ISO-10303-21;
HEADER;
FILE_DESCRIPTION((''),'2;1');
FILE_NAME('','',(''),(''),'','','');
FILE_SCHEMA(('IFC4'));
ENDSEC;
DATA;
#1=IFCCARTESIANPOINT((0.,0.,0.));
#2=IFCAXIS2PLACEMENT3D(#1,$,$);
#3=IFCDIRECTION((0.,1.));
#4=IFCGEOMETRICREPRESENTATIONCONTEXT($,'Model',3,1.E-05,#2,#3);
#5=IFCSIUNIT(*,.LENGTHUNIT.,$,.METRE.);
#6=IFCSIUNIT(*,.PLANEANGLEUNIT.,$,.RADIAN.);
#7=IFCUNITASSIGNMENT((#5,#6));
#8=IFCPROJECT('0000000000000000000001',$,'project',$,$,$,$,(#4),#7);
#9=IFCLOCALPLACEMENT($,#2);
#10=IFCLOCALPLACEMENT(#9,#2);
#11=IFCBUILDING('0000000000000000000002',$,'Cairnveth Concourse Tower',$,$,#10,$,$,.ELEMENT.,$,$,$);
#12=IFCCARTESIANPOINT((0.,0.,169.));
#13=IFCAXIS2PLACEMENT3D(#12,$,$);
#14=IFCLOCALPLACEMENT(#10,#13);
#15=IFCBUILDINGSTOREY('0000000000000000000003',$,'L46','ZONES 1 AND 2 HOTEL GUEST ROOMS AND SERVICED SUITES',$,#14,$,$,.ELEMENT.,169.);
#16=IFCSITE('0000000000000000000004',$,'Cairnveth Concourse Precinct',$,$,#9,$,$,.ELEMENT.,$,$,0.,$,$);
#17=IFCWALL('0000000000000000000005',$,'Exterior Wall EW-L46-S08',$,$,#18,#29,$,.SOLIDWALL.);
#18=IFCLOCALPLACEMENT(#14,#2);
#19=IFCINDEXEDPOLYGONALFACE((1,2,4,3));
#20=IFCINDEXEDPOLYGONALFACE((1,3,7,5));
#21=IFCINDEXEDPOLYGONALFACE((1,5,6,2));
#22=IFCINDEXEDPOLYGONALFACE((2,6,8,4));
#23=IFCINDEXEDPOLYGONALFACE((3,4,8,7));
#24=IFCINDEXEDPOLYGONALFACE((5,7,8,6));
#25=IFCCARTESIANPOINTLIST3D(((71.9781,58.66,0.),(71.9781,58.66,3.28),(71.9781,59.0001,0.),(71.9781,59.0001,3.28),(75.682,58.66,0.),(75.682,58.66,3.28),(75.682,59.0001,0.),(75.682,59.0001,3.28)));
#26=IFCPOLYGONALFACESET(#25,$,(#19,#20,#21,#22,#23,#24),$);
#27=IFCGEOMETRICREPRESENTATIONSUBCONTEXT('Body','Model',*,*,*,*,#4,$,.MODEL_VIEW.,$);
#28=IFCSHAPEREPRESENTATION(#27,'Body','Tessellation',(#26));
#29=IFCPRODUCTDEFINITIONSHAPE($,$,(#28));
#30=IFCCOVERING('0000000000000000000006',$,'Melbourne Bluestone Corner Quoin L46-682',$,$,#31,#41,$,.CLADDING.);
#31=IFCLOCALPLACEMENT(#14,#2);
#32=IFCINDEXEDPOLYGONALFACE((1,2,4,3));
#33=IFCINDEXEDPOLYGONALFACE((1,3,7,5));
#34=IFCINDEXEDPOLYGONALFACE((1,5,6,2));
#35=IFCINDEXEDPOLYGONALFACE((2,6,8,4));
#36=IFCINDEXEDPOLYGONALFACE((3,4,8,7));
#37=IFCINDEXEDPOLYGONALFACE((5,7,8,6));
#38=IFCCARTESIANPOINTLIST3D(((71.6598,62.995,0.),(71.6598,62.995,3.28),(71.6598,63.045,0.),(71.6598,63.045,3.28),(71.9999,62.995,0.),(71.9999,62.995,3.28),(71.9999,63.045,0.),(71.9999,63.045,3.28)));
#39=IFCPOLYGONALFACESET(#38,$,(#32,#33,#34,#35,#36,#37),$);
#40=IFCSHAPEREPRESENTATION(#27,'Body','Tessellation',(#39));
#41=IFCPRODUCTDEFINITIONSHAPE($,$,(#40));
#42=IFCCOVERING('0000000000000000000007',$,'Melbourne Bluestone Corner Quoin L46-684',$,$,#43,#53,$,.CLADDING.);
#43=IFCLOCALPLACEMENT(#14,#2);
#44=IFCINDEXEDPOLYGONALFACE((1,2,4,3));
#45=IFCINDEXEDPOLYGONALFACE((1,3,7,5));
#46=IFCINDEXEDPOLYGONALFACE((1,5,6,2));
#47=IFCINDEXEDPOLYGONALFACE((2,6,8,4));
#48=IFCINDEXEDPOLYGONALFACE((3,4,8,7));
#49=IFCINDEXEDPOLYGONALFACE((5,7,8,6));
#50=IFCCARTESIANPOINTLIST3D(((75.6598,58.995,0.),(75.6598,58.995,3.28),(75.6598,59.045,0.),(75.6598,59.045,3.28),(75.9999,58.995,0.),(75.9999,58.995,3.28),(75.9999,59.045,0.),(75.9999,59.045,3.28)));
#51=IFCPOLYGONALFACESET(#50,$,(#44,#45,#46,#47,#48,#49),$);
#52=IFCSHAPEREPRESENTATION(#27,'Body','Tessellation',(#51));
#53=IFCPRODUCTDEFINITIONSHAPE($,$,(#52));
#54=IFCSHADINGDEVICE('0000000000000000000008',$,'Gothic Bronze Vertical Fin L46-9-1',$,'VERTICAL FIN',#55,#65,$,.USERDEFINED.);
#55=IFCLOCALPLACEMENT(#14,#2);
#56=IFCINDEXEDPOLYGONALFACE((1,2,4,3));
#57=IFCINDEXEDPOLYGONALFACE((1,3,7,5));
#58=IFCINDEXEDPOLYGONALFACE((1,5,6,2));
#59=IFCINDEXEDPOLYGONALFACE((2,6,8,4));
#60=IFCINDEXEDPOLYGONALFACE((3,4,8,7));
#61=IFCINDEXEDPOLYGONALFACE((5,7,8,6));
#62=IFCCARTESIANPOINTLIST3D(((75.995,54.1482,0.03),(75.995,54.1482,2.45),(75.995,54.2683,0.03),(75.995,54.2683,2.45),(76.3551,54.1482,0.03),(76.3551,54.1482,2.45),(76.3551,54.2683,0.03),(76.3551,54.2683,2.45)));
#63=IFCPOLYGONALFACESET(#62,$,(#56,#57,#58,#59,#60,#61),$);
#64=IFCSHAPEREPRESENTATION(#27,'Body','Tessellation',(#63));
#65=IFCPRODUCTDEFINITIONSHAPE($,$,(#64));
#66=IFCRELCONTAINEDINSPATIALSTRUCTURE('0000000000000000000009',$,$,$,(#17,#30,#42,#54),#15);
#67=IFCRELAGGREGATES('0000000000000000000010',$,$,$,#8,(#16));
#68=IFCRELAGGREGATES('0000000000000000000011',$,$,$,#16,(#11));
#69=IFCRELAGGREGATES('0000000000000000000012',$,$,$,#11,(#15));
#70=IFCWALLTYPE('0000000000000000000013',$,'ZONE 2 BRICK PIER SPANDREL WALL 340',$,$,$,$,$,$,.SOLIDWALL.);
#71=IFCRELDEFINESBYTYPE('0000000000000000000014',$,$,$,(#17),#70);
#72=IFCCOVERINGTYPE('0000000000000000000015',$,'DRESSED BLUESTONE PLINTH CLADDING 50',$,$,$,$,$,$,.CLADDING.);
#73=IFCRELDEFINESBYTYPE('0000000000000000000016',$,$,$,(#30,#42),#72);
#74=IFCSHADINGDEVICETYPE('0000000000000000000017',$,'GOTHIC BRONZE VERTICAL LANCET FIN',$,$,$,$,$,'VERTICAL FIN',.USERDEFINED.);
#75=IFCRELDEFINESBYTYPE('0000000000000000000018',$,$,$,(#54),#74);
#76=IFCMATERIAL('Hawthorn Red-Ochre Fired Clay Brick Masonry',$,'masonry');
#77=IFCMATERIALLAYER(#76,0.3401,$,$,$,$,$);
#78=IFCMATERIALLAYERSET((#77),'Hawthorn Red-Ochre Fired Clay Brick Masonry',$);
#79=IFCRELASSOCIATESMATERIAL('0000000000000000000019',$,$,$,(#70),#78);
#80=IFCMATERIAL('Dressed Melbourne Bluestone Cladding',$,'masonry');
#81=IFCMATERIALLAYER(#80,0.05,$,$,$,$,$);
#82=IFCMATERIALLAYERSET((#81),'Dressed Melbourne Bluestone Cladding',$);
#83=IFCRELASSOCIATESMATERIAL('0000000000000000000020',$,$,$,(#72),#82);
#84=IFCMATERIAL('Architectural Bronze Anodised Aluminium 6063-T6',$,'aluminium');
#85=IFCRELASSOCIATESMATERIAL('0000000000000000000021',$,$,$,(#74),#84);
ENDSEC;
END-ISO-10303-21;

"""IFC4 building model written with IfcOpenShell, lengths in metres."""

from ifc_helpers import new_model, si_unit, direction, frame, frame_2d, origin, origin_2d, place, context, subcontext, project, spatial, rectangle, extrude, material, layer, layer_set, type_object, element, save


model = new_model("IFC4")

# Units and contexts
model_context = context("Model", 3, precision=1e-05, world=origin(), true_north=direction((0.0, 1.0)))
body_context = subcontext(model_context, "Body", "Model", "MODEL_VIEW")
ifc_project = project(units=[si_unit("LENGTHUNIT", "METRE"), si_unit("PLANEANGLEUNIT", "RADIAN")], contexts=[model_context])

# Site, building, storey
site_placement = place(None, origin())
site = spatial("IfcSite", under=ifc_project, at=site_placement, Name="Cairnveth Concourse Precinct", CompositionType="ELEMENT", RefElevation=0.0)
building_placement = place(site_placement, origin())
building = spatial("IfcBuilding", under=site, at=building_placement, Name="Cairnveth Concourse Tower", CompositionType="ELEMENT")
storey_placement = place(building_placement, frame((0.0, 0.0, 169.0)))
storey = spatial("IfcBuildingStorey", under=building, at=storey_placement, Name="L46", Description="ZONES 1 AND 2 HOTEL GUEST ROOMS AND SERVICED SUITES", CompositionType="ELEMENT", Elevation=169.0)

# Wall
ifc_material_1 = material(Name="Hawthorn Red-Ochre Fired Clay Brick Masonry", Category="masonry")
ifc_layer_1 = layer(ifc_material_1, 0.3401)
ifc_layer_set_1 = layer_set([ifc_layer_1], Name="Hawthorn Red-Ochre Fired Clay Brick Masonry")
wall_type = type_object("IfcWallType", Name="ZONE 2 BRICK PIER SPANDREL WALL 340", PredefinedType="SOLIDWALL", material=ifc_layer_set_1)
wall_1_placement = place(storey_placement, frame((71.978, 58.8301, 0.0), z_axis=(0.0, 0.0, 1.0), x_axis=(1.0, 0.0, 0.0)))
element("IfcWall", 1, at=wall_1_placement, inside=storey, type_object=wall_type, Name="Exterior Wall EW-L46-S08", PredefinedType="SOLIDWALL", context=body_context, shape_type="SweptSolid", body=[
    extrude(rectangle(XDim=3.7039, YDim=0.3401, at=frame_2d((1.8521, 0.0))), origin(), (0.0, 0.0, 1.0), 3.28),
])

# Coverings
ifc_material_2 = material(Name="Dressed Melbourne Bluestone Cladding", Category="masonry")
ifc_layer_2 = layer(ifc_material_2, 0.05)
ifc_layer_set_2 = layer_set([ifc_layer_2], Name="Dressed Melbourne Bluestone Cladding")
covering_type = type_object("IfcCoveringType", Name="DRESSED BLUESTONE PLINTH CLADDING 50", PredefinedType="CLADDING", material=ifc_layer_set_2)
for number, where, z_axis, x_axis, name in (
    (2, (71.6599, 63.02, 0.0), (0.0, 0.0, 1.0), (1.0, 0.0, 0.0), "Melbourne Bluestone Corner Quoin L46-682"),
    (3, (75.6599, 59.02, 0.0), (0.0, 0.0, 1.0), (1.0, 0.0, 0.0), "Melbourne Bluestone Corner Quoin L46-684"),
):
    element("IfcCovering", number, at=place(storey_placement, frame(where, z_axis=z_axis, x_axis=x_axis)), inside=storey, type_object=covering_type, Name=name, PredefinedType="CLADDING", context=body_context, shape_type="SweptSolid", body=[
        extrude(rectangle(XDim=0.3401, YDim=0.05, at=frame_2d((0.1699, 0.0))), origin(), (0.0, 0.0, 1.0), 3.28),
    ])

# Shading device
ifc_material_3 = material(Name="Architectural Bronze Anodised Aluminium 6063-T6", Category="aluminium")
shading_device_type = type_object("IfcShadingDeviceType", Name="GOTHIC BRONZE VERTICAL LANCET FIN", ElementType="VERTICAL FIN", PredefinedType="USERDEFINED", material=ifc_material_3)
shading_device_placement = place(storey_placement, frame((76.175, 54.2083, 0.03), z_axis=(0.0, 0.0, 1.0), x_axis=(0.0, 1.0, 0.0)))
element("IfcShadingDevice", 4, at=shading_device_placement, inside=storey, type_object=shading_device_type, Name="Gothic Bronze Vertical Fin L46-9-1", ObjectType="VERTICAL FIN", PredefinedType="USERDEFINED", context=body_context, shape_type="SweptSolid", body=[
    extrude(rectangle(XDim=0.1201, YDim=0.3601, at=origin_2d()), origin(), (0.0, 0.0, 1.0), 2.4199),
])

save(model, "model.ifc")
